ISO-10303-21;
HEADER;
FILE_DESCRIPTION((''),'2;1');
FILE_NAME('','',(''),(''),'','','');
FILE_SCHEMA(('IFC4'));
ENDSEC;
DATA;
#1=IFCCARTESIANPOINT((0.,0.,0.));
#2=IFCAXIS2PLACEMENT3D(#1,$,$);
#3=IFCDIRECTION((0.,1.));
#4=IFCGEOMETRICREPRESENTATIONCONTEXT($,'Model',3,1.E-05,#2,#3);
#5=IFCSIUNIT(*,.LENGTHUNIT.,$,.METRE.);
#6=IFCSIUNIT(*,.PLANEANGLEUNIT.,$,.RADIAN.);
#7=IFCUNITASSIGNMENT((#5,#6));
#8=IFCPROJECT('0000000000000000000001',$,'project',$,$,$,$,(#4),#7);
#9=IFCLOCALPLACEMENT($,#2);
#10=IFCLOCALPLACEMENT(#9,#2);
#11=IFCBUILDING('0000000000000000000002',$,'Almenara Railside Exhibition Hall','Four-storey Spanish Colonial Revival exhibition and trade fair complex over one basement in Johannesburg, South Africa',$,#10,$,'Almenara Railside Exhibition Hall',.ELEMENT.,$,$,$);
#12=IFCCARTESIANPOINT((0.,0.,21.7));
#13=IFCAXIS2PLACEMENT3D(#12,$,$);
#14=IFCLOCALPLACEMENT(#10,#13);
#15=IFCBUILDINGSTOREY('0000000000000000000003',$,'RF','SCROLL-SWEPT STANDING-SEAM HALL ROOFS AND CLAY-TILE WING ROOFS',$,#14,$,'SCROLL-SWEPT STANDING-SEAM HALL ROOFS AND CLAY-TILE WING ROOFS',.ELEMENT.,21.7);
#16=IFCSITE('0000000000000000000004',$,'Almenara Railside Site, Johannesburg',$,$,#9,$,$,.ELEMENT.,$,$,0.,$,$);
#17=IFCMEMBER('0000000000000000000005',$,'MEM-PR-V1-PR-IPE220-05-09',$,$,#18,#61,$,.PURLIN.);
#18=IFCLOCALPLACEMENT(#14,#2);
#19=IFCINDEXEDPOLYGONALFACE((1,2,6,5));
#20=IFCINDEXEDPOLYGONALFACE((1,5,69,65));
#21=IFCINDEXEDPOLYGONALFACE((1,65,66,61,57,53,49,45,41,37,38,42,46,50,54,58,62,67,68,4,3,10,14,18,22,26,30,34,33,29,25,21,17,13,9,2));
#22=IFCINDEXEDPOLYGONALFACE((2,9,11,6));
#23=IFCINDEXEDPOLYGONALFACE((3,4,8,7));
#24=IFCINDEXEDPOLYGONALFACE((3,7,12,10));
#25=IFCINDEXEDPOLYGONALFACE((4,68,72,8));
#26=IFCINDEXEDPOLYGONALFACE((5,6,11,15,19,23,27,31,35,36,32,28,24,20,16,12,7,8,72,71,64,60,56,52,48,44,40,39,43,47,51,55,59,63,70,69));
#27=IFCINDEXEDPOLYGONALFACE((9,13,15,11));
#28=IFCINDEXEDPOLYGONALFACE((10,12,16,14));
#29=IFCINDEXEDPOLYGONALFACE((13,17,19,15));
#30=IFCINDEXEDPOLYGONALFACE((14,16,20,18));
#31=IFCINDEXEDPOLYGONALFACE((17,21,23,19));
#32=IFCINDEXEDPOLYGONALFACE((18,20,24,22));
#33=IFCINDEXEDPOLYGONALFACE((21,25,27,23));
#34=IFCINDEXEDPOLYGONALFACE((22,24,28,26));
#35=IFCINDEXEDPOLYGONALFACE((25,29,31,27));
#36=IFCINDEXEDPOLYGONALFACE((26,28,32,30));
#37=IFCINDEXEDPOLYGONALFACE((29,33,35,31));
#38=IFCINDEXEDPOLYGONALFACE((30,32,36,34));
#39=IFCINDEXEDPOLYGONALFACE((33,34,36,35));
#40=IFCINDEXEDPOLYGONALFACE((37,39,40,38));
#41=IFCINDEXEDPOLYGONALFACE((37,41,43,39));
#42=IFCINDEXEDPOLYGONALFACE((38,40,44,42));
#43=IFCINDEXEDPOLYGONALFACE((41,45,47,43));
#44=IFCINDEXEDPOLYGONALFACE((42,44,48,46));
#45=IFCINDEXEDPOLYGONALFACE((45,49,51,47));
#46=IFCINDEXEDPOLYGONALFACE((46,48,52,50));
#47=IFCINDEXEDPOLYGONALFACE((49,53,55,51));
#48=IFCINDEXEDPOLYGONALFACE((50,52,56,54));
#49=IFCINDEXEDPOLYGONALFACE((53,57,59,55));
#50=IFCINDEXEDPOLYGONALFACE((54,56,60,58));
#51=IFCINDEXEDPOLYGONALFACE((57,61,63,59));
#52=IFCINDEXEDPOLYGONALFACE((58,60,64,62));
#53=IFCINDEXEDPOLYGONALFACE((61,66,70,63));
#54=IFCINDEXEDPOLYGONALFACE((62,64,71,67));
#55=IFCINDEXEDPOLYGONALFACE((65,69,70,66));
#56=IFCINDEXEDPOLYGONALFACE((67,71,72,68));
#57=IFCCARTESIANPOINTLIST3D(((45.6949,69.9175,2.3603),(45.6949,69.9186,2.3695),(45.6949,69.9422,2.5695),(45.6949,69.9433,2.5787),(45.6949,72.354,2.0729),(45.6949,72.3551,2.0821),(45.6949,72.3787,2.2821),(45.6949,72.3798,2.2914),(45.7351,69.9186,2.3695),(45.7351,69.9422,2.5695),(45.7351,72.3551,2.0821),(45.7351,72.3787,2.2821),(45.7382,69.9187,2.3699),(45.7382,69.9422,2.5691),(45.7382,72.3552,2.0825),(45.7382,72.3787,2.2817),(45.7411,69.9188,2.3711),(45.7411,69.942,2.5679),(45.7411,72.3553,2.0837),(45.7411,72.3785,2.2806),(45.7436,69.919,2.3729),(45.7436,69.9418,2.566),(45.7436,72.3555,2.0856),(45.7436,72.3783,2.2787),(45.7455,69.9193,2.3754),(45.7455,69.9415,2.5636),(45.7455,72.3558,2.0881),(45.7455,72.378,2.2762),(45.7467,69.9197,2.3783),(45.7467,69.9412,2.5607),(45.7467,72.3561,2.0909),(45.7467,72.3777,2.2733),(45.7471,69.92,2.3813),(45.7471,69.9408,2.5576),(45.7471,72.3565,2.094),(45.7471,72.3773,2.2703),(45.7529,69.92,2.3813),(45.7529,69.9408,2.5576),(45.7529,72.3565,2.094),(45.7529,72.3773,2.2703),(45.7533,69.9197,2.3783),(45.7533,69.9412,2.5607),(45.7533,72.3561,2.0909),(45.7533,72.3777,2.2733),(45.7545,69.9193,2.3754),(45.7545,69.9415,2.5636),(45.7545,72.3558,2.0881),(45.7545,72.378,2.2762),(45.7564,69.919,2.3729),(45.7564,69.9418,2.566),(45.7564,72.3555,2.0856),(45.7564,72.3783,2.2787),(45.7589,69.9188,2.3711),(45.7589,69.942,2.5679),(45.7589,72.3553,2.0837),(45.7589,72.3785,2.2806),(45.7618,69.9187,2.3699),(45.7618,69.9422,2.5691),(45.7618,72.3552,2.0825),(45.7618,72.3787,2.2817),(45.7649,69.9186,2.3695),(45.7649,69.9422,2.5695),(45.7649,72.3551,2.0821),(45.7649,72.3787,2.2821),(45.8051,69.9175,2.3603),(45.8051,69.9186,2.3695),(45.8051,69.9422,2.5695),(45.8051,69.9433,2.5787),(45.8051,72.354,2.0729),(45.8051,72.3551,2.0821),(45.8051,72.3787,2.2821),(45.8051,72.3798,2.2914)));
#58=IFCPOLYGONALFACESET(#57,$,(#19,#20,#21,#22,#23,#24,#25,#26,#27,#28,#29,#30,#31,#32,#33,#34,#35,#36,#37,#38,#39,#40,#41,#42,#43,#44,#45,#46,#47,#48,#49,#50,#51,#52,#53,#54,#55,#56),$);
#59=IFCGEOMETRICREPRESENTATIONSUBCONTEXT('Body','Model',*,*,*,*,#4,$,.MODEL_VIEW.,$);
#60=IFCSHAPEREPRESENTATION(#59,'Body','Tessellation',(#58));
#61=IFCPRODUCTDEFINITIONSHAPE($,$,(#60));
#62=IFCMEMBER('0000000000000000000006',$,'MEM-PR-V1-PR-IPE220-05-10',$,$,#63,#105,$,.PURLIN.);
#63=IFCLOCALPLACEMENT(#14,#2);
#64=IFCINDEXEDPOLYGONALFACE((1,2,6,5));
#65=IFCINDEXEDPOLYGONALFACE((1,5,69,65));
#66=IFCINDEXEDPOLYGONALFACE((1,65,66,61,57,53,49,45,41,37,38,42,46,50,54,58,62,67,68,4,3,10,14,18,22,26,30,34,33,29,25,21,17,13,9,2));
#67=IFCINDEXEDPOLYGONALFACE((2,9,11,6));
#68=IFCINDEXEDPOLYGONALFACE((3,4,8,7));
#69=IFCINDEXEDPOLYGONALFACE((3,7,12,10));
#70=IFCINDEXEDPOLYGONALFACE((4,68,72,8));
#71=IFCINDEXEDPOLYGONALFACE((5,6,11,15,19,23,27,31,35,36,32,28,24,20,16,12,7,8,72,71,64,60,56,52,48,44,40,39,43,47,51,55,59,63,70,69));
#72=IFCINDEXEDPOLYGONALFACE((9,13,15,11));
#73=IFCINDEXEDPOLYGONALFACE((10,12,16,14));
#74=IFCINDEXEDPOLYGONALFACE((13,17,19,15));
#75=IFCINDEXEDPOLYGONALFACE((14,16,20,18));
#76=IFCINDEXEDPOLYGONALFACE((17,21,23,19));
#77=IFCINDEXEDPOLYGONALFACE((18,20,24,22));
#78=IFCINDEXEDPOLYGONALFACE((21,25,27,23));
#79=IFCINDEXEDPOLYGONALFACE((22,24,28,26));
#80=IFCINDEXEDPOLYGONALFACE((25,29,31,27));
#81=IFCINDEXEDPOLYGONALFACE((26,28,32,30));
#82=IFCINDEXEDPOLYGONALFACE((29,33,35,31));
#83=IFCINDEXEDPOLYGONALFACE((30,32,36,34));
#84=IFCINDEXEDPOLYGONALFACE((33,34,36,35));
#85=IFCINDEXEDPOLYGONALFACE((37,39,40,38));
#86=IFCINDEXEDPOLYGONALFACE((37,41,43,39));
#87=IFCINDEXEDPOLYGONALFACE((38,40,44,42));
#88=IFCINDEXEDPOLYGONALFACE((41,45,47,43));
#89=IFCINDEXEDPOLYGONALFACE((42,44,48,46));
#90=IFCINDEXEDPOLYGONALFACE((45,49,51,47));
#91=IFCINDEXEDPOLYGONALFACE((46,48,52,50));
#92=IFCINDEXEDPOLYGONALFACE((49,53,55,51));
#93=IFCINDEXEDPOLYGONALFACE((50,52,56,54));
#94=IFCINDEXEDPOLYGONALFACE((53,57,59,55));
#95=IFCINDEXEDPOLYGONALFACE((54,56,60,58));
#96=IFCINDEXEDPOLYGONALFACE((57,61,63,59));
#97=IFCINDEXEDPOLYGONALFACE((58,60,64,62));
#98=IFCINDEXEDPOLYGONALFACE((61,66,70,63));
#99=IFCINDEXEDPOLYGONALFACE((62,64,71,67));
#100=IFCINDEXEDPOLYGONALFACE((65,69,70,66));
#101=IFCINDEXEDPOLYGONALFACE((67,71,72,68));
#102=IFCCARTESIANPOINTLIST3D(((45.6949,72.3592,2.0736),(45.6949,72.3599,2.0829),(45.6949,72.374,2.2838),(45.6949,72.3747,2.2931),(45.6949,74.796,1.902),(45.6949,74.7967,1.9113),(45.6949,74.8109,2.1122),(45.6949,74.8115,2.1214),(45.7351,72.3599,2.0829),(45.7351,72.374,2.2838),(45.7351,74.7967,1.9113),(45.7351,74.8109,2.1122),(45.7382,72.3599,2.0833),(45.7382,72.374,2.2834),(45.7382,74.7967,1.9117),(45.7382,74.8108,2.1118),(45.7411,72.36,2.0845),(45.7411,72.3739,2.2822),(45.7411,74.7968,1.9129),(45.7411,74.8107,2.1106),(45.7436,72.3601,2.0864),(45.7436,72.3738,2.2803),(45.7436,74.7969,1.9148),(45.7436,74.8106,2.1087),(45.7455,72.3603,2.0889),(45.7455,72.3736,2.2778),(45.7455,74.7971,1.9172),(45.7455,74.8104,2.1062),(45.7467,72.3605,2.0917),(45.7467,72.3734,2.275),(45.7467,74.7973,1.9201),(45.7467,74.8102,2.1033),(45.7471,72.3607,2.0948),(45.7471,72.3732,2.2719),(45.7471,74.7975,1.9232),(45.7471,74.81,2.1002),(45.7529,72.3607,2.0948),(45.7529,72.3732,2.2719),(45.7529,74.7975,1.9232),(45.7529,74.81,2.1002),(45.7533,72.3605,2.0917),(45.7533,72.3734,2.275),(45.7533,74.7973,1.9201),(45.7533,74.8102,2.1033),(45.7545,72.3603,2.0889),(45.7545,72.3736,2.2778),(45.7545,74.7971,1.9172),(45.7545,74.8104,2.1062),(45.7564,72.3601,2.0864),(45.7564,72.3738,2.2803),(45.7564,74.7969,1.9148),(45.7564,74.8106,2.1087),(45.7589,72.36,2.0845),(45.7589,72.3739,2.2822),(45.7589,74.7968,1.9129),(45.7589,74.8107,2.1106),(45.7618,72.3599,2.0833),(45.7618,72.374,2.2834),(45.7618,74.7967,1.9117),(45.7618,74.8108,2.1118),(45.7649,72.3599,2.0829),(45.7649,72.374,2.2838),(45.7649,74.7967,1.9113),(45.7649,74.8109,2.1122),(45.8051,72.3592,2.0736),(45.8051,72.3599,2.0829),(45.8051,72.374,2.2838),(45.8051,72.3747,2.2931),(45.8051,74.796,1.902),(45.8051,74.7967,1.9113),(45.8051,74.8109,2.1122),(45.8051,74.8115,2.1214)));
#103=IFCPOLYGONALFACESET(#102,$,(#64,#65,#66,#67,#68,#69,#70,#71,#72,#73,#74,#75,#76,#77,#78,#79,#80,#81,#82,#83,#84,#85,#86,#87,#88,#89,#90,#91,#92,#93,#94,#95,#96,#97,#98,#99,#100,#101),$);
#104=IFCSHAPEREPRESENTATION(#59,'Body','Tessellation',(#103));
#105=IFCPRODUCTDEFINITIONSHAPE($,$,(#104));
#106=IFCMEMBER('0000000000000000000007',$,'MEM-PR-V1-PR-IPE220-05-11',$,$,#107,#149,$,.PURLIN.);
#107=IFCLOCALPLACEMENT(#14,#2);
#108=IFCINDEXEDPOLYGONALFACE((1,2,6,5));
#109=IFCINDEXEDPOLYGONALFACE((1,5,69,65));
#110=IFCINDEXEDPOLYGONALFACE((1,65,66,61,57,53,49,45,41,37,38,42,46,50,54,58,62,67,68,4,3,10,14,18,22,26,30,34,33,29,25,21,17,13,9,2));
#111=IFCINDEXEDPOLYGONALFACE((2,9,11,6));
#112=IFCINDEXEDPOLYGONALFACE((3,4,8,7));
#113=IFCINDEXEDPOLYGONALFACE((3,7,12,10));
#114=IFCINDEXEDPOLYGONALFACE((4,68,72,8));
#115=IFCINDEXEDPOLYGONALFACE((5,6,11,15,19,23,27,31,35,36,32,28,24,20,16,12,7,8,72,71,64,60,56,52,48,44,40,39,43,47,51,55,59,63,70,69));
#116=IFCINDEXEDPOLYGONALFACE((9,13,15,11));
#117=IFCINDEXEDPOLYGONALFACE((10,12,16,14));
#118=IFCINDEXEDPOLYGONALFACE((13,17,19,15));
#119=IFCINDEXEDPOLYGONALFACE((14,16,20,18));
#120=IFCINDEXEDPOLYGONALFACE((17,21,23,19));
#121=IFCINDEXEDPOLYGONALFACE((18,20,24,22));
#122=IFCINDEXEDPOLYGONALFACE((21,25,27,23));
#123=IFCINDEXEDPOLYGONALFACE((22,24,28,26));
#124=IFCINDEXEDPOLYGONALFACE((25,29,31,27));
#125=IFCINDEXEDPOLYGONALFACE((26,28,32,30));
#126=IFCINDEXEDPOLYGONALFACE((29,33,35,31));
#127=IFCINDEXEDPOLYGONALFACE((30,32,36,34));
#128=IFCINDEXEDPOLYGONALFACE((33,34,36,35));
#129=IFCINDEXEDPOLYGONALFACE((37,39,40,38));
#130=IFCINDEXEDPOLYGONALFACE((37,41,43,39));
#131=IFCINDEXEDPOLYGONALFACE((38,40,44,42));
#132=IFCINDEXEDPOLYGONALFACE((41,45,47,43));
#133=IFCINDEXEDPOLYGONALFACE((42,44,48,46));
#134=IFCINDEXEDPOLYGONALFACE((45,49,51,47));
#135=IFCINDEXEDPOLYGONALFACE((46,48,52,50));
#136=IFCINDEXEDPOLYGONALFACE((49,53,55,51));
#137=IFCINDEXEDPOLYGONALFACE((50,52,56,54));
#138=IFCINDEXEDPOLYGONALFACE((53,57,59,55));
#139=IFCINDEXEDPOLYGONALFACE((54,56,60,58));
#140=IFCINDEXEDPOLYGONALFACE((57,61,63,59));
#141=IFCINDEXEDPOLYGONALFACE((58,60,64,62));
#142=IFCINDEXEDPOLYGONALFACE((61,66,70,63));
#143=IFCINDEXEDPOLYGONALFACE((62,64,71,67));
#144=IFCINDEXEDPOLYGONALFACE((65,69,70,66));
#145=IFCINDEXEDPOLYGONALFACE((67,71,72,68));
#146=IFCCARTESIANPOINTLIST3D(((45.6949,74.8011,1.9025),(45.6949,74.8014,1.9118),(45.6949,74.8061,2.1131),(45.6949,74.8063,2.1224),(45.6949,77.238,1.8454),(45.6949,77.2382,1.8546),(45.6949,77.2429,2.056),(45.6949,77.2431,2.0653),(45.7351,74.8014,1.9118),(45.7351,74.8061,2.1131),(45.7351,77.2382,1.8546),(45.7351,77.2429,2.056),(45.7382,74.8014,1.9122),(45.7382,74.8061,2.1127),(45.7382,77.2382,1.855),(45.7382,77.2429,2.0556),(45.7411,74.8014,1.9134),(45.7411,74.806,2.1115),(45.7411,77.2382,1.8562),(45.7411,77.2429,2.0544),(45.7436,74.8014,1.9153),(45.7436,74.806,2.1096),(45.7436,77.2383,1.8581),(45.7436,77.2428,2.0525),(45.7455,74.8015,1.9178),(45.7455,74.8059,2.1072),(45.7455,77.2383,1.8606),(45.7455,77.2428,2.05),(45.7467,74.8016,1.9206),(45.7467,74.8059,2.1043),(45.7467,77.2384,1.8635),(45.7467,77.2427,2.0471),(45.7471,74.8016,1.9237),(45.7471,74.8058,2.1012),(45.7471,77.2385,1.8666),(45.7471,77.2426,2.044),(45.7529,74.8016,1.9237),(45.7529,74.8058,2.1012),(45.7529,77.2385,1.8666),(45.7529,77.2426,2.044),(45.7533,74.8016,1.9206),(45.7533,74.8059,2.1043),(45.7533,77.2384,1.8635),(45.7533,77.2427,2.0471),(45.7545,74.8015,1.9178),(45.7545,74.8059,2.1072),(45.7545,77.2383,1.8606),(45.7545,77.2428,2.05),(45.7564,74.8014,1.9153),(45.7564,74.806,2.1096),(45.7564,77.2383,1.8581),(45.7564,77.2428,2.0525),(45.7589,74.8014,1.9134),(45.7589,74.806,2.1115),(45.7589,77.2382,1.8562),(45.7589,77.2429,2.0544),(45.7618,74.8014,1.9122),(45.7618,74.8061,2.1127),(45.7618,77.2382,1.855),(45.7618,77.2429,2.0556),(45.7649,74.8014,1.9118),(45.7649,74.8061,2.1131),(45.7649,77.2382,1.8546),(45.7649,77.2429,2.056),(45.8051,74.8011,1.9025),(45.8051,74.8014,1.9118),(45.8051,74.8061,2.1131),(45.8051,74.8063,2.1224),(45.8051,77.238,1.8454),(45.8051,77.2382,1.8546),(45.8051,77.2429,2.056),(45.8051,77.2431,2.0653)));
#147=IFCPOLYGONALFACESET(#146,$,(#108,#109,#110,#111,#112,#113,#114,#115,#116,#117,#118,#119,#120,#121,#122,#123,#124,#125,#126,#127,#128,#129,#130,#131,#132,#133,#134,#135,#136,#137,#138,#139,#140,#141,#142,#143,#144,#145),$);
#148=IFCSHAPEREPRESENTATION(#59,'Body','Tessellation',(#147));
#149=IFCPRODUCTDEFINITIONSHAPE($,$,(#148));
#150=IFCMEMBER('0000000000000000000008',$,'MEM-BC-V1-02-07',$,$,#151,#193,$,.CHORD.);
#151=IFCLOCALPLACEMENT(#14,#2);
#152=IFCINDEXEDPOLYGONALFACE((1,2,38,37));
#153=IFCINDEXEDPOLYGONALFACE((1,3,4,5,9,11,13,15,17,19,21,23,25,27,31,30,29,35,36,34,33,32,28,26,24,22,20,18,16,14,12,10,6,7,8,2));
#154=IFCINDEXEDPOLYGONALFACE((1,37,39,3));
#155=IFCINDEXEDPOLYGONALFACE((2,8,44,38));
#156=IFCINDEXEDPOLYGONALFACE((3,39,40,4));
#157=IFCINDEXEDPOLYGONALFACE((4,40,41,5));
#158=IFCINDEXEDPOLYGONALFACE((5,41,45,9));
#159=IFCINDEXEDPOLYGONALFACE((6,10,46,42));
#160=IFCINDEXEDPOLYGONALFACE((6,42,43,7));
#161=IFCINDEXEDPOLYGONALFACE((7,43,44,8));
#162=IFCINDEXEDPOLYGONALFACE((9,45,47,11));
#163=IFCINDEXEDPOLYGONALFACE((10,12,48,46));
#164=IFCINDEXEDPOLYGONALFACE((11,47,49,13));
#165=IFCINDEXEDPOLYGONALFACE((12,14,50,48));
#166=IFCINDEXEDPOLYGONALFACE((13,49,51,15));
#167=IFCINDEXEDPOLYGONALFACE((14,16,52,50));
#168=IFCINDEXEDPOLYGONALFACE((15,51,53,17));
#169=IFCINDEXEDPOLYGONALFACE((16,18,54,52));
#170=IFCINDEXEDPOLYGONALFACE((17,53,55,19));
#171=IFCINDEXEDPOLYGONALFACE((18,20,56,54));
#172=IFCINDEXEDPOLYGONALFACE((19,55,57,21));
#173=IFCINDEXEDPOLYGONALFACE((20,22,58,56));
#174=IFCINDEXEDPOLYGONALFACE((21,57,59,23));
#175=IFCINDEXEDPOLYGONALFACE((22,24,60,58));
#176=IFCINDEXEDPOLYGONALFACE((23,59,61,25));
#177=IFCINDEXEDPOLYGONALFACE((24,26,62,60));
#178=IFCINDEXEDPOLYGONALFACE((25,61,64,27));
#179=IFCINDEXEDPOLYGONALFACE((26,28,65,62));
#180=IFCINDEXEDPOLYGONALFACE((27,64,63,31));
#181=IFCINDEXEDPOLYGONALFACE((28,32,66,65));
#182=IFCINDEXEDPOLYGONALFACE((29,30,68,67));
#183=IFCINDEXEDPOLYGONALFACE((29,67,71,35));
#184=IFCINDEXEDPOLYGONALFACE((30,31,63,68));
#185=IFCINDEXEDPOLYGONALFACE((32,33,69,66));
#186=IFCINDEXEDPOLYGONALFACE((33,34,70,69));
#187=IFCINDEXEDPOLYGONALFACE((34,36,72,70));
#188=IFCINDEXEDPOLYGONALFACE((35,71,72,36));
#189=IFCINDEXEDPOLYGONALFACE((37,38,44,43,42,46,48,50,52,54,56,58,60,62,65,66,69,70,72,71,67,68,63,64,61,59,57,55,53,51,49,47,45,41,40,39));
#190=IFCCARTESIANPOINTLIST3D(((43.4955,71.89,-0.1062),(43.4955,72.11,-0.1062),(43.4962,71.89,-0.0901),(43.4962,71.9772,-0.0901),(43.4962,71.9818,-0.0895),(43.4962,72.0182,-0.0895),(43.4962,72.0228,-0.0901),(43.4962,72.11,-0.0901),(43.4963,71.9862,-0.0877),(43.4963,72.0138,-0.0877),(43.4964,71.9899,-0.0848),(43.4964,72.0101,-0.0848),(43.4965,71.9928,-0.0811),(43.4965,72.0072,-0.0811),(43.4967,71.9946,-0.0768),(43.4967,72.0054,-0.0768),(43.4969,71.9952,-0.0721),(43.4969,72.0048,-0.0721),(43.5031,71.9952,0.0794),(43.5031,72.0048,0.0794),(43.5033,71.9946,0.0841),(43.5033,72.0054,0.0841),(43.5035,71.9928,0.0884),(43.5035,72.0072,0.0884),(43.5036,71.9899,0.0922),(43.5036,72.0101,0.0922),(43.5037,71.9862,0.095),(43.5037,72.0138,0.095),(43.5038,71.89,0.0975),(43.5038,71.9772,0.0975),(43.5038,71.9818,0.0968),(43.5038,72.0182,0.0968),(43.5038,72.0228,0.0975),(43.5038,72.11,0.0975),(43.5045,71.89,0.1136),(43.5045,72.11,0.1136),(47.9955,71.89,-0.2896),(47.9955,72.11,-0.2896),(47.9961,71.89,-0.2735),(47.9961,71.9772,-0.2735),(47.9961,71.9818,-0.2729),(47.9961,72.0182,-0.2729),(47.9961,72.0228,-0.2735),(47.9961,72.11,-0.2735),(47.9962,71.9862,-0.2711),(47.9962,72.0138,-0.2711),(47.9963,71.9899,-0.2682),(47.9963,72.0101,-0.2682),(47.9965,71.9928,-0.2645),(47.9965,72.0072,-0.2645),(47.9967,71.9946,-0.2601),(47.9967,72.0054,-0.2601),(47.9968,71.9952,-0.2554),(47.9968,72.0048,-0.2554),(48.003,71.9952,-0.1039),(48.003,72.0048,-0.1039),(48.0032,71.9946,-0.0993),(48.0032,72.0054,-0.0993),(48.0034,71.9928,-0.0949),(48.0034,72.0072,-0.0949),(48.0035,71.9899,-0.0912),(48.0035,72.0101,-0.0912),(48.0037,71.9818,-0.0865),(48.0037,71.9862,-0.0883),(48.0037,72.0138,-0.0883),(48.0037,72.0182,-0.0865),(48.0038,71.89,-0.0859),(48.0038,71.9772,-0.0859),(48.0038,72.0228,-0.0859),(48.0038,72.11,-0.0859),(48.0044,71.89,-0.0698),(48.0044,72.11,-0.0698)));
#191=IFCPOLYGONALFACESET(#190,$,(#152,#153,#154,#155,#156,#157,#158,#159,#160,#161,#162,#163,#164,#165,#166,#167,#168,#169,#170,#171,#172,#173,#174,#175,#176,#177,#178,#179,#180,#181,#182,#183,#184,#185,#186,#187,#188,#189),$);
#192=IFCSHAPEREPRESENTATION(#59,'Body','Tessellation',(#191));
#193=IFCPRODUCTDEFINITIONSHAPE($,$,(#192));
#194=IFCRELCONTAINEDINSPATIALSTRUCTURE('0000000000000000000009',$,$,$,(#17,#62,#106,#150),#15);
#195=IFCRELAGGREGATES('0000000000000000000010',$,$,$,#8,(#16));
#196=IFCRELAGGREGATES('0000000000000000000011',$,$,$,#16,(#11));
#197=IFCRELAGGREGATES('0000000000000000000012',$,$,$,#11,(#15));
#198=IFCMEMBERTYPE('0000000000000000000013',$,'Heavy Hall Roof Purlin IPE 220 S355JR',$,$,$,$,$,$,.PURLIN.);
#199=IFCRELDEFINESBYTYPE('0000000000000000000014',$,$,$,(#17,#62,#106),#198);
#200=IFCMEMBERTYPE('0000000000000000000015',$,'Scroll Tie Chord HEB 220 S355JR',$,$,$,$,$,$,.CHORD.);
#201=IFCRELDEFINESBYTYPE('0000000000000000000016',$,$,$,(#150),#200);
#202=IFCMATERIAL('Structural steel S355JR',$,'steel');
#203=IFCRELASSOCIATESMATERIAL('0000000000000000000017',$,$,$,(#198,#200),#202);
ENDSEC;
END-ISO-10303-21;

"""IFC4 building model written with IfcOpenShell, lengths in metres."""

from ifc_helpers import new_model, si_unit, direction, frame, origin, origin_2d, place, context, subcontext, project, spatial, i_section, extrude, material, material_profile, profile_set, type_object, element, save


model = new_model("IFC4")

# Units and contexts
model_context = context("Model", 3, precision=1e-05, world=origin(), true_north=direction((0.0, 1.0)))
body_context = subcontext(model_context, "Body", "Model", "MODEL_VIEW")
ifc_project = project(units=[si_unit("LENGTHUNIT", "METRE"), si_unit("PLANEANGLEUNIT", "RADIAN")], contexts=[model_context])

# Site, building, storey
site_placement = place(None, origin())
site = spatial("IfcSite", under=ifc_project, at=site_placement, Name="Almenara Railside Site, Johannesburg", CompositionType="ELEMENT", RefElevation=0.0)
building_placement = place(site_placement, origin())
building = spatial("IfcBuilding", under=site, at=building_placement, Name="Almenara Railside Exhibition Hall", Description="Four-storey Spanish Colonial Revival exhibition and trade fair complex over one basement in Johannesburg, South Africa", LongName="Almenara Railside Exhibition Hall", CompositionType="ELEMENT")
storey_placement = place(building_placement, frame((0.0, 0.0, 21.7)))
storey = spatial("IfcBuildingStorey", under=building, at=storey_placement, Name="RF", Description="SCROLL-SWEPT STANDING-SEAM HALL ROOFS AND CLAY-TILE WING ROOFS", LongName="SCROLL-SWEPT STANDING-SEAM HALL ROOFS AND CLAY-TILE WING ROOFS", CompositionType="ELEMENT", Elevation=21.7)

# Members
ifc_material_1 = material(Name="Structural steel S355JR", Category="steel")
ifc_material_profile_1 = material_profile(ifc_material_1, i_section(OverallWidth=0.1101, OverallDepth=0.22, WebThickness=0.0059, FlangeThickness=0.0093, FilletRadius=0.012, at=origin_2d()), Name="IPE 220")
ifc_profile_set_1 = profile_set([ifc_material_profile_1], Name="Structural steel S355JR")
member_type_1 = type_object("IfcMemberType", Name="Heavy Hall Roof Purlin IPE 220 S355JR", PredefinedType="PURLIN", material=ifc_profile_set_1)
member_1_placement = place(storey_placement, frame((45.75, 69.9304, 2.4695), z_axis=(0.0, 0.993117, -0.117124), x_axis=(-1.0, 0.0, 0.0)))
element("IfcMember", 1, at=member_1_placement, inside=storey, type_object=member_type_1, Name="MEM-PR-V1-PR-IPE220-05-09", PredefinedType="PURLIN", context=body_context, shape_type="SweptSolid", body=[
    extrude(i_section(OverallWidth=0.1101, OverallDepth=0.22, WebThickness=0.0059, FlangeThickness=0.0093, FilletRadius=0.012, at=origin_2d()), origin(), (0.0, 0.0, 1.0), 2.4534),
])
member_2_placement = place(storey_placement, frame((45.75, 72.3669, 2.1833), z_axis=(0.0, 0.997529, -0.07026), x_axis=(-1.0, 0.0, 0.0)))
element("IfcMember", 2, at=member_2_placement, inside=storey, type_object=member_type_1, Name="MEM-PR-V1-PR-IPE220-05-10", PredefinedType="PURLIN", context=body_context, shape_type="SweptSolid", body=[
    extrude(i_section(OverallWidth=0.1101, OverallDepth=0.22, WebThickness=0.0059, FlangeThickness=0.0093, FilletRadius=0.012, at=origin_2d()), origin(), (0.0, 0.0, 1.0), 2.4429),
])
member_3_placement = place(storey_placement, frame((45.75, 74.8037, 2.0125), z_axis=(0.0, 0.999725, -0.023438), x_axis=(-1.0, 0.0, 0.0)))
element("IfcMember", 3, at=member_3_placement, inside=storey, type_object=member_type_1, Name="MEM-PR-V1-PR-IPE220-05-11", PredefinedType="PURLIN", context=body_context, shape_type="SweptSolid", body=[
    extrude(i_section(OverallWidth=0.1101, OverallDepth=0.22, WebThickness=0.0059, FlangeThickness=0.0093, FilletRadius=0.012, at=origin_2d()), origin(), (0.0, 0.0, 1.0), 2.4375),
])
ifc_material_profile_2 = material_profile(ifc_material_1, i_section(OverallWidth=0.22, OverallDepth=0.22, WebThickness=0.0095, FlangeThickness=0.0161, FilletRadius=0.0181, at=origin_2d()), Name="HEB 220")
ifc_profile_set_2 = profile_set([ifc_material_profile_2], Name="Structural steel S355JR")
member_type_2 = type_object("IfcMemberType", Name="Scroll Tie Chord HEB 220 S355JR", PredefinedType="CHORD", material=ifc_profile_set_2)
member_4_placement = place(storey_placement, frame((43.5, 72.0, 0.0037), z_axis=(0.999171, 0.0, -0.040711), x_axis=(0.0, 1.0, 0.0)))
element("IfcMember", 4, at=member_4_placement, inside=storey, type_object=member_type_2, Name="MEM-BC-V1-02-07", PredefinedType="CHORD", context=body_context, shape_type="SweptSolid", body=[
    extrude(i_section(OverallWidth=0.22, OverallDepth=0.22, WebThickness=0.0095, FlangeThickness=0.0161, FilletRadius=0.0181, at=origin_2d()), origin(), (0.0, 0.0, 1.0), 4.5037),
])

save(model, "model.ifc")
